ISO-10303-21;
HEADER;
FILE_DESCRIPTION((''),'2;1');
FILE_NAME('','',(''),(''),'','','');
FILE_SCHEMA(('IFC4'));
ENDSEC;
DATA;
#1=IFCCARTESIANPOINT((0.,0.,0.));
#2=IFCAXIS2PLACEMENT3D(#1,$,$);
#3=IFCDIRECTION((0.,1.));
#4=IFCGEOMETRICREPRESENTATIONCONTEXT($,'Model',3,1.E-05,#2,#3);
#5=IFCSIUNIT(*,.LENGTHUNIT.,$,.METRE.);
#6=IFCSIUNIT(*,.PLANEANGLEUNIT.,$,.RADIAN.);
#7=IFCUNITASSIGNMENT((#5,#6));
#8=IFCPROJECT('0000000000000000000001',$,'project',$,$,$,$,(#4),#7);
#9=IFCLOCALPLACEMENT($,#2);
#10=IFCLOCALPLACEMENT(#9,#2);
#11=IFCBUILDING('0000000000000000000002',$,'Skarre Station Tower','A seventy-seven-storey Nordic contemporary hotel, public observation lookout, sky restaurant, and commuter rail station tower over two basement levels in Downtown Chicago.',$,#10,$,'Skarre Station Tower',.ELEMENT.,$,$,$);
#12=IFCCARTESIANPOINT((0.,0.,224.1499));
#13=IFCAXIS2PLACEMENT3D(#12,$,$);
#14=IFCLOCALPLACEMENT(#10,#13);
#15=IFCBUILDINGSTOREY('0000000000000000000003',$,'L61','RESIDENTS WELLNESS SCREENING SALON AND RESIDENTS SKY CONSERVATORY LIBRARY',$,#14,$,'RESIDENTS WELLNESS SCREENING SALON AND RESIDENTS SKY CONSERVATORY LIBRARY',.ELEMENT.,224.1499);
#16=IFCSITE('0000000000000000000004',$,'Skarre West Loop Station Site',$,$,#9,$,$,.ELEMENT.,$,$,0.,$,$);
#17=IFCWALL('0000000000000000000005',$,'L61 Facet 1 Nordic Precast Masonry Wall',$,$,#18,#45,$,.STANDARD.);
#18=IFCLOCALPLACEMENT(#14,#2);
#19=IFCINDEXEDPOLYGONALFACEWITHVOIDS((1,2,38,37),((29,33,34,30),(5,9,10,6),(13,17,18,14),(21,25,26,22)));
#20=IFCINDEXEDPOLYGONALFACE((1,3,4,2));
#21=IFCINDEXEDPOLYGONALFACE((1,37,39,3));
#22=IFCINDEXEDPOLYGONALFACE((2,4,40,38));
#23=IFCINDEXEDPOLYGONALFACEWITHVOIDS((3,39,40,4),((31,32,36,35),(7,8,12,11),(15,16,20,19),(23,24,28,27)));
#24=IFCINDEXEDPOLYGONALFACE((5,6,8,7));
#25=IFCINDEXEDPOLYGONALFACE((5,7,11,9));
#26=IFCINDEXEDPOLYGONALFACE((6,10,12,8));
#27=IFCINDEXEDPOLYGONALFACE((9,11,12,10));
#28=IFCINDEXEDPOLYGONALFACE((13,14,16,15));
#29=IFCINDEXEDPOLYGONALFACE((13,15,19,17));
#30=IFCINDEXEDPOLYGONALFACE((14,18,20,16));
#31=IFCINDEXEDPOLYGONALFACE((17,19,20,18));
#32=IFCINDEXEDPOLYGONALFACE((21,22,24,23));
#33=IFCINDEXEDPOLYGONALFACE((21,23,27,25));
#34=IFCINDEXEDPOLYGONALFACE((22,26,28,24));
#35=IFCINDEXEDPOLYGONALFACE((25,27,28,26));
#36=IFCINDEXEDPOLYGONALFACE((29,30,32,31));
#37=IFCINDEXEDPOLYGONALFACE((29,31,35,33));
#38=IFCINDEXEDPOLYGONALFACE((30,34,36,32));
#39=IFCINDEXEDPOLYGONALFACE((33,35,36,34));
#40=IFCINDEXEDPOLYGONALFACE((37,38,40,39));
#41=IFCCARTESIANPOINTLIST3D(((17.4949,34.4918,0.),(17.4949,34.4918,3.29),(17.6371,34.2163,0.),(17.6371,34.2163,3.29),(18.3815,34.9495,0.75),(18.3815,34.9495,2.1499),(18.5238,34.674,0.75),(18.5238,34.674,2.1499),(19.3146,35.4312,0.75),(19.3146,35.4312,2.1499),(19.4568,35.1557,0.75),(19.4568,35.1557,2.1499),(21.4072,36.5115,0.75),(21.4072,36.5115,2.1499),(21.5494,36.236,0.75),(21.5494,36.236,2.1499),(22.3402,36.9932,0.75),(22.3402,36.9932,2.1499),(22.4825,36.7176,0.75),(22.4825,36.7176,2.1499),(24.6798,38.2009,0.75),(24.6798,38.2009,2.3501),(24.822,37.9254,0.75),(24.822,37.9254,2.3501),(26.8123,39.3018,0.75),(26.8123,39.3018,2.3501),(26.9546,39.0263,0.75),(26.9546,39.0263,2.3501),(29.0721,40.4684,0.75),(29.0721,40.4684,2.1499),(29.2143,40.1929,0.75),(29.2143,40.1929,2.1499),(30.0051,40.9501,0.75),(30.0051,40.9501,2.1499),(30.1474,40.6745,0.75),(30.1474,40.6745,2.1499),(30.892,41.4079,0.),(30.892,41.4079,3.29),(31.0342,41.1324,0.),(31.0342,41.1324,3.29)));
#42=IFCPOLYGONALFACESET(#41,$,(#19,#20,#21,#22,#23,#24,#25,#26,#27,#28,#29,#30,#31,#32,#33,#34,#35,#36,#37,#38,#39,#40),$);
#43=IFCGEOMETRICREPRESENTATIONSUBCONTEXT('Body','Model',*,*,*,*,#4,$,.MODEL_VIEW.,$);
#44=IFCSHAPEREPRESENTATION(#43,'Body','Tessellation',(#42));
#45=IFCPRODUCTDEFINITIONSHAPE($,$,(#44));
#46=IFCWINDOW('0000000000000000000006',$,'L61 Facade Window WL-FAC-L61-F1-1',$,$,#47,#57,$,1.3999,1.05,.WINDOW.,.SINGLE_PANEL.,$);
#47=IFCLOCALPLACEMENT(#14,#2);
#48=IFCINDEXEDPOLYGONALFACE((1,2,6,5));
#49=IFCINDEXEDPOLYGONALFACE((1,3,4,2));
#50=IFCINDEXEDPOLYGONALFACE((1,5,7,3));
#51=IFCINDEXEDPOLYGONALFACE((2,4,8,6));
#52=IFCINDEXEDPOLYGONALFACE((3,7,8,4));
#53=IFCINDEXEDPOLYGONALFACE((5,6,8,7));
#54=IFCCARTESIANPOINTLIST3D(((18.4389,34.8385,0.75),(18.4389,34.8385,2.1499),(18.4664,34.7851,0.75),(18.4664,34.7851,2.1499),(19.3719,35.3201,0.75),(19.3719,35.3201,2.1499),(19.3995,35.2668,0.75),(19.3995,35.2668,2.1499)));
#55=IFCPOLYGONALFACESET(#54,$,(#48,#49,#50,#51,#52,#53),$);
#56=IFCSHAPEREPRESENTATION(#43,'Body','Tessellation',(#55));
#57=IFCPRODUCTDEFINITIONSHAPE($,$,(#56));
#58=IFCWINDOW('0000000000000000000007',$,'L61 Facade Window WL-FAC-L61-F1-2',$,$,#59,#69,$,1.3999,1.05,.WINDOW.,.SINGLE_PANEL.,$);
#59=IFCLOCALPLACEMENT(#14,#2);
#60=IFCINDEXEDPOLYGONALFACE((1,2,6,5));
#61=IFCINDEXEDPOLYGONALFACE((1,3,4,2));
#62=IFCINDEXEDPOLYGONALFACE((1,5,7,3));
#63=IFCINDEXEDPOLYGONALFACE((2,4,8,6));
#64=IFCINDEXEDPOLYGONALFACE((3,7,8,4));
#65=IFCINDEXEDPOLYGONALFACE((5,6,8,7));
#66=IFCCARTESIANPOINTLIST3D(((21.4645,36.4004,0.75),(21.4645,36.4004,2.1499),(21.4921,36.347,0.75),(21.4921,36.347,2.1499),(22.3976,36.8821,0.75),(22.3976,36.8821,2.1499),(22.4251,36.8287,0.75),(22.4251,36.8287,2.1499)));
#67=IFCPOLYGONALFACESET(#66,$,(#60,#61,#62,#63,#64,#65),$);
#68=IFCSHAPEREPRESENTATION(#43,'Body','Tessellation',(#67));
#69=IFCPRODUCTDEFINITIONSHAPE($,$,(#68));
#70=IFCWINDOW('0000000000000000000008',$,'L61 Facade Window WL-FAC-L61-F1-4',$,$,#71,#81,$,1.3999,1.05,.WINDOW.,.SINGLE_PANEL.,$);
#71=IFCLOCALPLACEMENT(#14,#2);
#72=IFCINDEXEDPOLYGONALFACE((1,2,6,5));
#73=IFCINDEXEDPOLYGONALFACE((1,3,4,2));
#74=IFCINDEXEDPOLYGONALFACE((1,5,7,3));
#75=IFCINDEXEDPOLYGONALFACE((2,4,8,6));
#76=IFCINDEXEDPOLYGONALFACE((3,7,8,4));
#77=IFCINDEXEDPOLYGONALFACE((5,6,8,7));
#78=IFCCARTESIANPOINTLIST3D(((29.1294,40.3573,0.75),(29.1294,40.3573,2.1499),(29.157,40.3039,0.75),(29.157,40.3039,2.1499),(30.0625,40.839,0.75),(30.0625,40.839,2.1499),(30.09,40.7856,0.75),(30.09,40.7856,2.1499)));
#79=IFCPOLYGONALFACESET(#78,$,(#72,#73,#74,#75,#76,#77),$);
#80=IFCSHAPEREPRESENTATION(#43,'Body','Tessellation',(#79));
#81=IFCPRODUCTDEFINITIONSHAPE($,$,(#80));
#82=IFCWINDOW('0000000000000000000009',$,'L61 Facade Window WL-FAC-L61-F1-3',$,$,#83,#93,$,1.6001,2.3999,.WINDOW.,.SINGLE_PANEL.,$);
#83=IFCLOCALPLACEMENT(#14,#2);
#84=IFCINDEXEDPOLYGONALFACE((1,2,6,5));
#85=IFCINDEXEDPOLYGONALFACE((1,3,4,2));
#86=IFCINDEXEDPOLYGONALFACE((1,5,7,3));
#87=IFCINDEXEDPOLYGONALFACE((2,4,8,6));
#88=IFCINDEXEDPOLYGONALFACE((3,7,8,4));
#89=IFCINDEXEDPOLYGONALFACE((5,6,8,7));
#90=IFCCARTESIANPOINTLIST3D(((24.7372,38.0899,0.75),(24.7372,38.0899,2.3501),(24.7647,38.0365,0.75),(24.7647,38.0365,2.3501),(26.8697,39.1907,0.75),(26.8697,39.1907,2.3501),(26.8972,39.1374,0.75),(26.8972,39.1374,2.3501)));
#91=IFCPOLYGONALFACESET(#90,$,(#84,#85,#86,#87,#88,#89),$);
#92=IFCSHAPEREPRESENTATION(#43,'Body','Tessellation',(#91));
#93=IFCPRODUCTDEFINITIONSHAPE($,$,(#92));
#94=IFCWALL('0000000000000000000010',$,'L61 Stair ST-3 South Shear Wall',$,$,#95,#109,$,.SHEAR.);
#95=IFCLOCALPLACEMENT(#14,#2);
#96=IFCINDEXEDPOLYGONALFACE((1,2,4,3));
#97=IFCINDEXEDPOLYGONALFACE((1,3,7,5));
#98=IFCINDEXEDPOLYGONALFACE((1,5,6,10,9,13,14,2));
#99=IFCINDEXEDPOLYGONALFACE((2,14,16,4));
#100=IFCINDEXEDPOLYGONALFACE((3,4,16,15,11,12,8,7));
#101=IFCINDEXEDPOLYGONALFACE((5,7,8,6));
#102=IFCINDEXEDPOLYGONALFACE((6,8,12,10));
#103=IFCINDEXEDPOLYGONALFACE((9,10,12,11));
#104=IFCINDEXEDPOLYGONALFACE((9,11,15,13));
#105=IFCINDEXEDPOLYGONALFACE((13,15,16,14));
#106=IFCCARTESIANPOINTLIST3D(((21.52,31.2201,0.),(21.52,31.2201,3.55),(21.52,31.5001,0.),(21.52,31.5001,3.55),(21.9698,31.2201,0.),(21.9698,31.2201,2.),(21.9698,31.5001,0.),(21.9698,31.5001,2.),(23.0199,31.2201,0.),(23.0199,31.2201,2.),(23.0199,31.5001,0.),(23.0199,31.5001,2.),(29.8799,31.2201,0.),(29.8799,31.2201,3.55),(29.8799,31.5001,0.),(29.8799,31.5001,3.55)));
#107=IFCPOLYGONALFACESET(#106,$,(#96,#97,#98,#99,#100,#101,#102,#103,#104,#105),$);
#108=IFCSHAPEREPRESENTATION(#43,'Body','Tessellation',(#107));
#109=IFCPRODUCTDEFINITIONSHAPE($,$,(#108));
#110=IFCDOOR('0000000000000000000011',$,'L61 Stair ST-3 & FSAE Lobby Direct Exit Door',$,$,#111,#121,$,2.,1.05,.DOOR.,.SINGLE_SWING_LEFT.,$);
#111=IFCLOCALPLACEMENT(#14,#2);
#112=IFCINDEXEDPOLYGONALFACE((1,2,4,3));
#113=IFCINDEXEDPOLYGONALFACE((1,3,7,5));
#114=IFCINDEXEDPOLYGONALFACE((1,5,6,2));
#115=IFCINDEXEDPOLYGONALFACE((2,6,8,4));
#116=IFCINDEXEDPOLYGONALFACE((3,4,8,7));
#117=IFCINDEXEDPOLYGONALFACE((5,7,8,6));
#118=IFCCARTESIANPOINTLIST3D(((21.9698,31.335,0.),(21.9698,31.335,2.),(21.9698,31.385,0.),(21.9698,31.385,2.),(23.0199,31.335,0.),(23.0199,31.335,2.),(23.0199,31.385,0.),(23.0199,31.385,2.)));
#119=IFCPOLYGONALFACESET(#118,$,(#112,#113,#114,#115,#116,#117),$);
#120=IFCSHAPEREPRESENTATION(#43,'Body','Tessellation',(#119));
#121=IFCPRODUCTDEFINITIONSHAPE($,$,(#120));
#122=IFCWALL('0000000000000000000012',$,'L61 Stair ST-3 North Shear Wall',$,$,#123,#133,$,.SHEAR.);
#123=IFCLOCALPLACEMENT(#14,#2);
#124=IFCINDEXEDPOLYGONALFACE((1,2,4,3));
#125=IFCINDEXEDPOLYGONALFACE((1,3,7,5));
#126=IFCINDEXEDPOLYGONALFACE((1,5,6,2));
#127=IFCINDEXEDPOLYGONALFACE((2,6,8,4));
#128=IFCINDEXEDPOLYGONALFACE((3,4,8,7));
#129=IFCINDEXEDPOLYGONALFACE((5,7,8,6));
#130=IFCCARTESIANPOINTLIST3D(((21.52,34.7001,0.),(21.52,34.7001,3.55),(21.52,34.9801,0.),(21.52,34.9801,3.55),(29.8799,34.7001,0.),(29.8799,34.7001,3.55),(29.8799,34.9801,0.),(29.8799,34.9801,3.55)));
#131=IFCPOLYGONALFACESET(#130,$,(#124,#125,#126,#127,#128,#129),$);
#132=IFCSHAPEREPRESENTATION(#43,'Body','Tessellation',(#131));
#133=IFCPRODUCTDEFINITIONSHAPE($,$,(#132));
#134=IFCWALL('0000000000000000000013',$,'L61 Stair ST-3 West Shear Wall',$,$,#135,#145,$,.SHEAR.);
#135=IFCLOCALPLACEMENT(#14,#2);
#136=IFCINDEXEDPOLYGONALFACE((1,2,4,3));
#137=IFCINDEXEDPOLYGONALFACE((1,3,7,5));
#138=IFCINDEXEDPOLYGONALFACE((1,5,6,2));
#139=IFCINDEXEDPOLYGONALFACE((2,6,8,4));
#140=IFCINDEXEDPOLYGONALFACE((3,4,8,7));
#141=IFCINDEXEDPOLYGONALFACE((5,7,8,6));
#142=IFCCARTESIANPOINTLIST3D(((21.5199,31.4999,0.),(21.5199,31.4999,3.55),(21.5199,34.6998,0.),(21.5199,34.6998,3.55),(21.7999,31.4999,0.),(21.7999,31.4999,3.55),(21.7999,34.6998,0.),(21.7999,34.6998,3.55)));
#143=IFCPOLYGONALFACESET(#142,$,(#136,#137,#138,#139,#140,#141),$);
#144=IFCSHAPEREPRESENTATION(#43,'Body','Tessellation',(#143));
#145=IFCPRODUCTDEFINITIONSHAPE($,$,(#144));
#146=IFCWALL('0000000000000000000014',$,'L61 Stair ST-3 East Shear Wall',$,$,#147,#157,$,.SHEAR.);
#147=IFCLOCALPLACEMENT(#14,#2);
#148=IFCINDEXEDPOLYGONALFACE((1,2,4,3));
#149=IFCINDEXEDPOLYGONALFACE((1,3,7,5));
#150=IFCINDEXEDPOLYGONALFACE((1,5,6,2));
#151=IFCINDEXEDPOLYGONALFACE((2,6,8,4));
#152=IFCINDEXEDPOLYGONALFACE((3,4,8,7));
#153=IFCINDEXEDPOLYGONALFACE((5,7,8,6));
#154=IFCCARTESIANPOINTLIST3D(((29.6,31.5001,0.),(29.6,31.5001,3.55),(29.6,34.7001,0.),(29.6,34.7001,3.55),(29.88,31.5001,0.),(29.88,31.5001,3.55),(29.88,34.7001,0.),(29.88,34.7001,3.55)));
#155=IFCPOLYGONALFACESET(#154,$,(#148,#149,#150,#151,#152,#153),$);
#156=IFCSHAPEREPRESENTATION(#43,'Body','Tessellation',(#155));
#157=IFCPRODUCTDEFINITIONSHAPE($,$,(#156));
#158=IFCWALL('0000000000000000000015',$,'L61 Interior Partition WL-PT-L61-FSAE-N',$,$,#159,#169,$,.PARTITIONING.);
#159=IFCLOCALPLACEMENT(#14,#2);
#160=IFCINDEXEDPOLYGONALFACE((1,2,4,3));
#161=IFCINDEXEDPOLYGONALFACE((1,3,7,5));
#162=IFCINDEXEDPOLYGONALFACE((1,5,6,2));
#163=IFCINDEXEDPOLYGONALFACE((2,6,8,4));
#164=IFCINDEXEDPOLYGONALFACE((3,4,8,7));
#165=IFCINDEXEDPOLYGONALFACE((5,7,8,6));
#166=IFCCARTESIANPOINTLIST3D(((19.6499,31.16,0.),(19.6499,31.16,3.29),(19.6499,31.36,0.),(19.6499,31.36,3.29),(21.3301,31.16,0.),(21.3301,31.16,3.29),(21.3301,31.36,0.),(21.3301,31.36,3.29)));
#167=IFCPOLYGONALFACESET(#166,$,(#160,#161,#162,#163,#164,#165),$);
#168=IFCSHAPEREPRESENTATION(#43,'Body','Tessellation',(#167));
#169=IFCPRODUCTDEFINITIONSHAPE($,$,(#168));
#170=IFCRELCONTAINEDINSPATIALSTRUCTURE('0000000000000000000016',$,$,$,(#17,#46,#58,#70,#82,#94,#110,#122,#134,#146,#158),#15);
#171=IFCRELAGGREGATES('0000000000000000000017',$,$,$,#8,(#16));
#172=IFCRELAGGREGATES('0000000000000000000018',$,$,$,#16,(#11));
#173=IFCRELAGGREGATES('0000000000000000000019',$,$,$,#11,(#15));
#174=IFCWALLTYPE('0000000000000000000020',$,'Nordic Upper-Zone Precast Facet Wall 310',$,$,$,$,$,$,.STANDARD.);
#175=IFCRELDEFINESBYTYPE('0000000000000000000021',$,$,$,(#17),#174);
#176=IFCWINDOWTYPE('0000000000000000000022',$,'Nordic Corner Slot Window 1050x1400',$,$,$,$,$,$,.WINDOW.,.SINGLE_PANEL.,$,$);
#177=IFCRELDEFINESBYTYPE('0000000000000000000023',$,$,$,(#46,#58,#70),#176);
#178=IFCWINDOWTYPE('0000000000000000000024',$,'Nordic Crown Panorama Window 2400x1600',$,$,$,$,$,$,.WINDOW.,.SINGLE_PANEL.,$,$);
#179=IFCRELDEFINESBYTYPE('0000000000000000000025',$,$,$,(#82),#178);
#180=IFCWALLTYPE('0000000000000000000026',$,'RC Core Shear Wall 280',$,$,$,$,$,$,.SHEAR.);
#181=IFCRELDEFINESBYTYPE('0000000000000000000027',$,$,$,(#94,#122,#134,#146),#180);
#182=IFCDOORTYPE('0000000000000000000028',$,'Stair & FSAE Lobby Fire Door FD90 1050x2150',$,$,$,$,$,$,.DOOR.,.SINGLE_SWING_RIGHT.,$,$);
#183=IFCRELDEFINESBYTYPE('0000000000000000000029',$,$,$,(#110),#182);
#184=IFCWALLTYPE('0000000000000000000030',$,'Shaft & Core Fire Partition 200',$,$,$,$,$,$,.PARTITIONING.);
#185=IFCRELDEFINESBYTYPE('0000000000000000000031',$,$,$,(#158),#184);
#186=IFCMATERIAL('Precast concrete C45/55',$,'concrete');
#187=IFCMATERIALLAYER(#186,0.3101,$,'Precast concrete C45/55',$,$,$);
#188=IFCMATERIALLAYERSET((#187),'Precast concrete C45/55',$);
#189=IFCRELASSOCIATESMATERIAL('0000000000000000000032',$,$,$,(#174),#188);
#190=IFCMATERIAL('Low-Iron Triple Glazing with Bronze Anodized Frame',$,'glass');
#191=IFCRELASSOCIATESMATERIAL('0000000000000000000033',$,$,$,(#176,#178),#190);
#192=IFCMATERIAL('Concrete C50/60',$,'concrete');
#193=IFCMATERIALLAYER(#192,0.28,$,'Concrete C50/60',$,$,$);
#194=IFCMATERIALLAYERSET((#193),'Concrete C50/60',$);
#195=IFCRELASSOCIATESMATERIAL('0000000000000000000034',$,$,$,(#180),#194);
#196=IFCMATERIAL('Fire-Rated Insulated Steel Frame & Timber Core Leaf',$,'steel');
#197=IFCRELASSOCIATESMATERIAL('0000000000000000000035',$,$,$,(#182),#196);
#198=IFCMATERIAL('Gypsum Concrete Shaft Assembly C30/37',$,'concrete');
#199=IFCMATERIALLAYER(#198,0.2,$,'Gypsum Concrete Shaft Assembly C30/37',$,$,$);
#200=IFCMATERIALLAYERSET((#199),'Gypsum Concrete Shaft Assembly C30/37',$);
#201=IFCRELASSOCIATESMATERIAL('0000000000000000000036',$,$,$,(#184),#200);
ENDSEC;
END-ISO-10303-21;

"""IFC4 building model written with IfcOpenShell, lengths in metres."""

from ifc_helpers import new_model, si_unit, direction, frame, frame_2d, origin, place, context, subcontext, project, spatial, rectangle, extrude, material, layer, layer_set, type_object, element, fill, save


model = new_model("IFC4")

# Units and contexts
model_context = context("Model", 3, precision=1e-05, world=origin(), true_north=direction((0.0, 1.0)))
body_context = subcontext(model_context, "Body", "Model", "MODEL_VIEW")
ifc_project = project(units=[si_unit("LENGTHUNIT", "METRE"), si_unit("PLANEANGLEUNIT", "RADIAN")], contexts=[model_context])

# Site, building, storey
site_placement = place(None, origin())
site = spatial("IfcSite", under=ifc_project, at=site_placement, Name="Skarre West Loop Station Site", CompositionType="ELEMENT", RefElevation=0.0)
building_placement = place(site_placement, origin())
building = spatial("IfcBuilding", under=site, at=building_placement, Name="Skarre Station Tower", Description="A seventy-seven-storey Nordic contemporary hotel, public observation lookout, sky restaurant, and commuter rail station tower over two basement levels in Downtown Chicago.", LongName="Skarre Station Tower", CompositionType="ELEMENT")
storey_placement = place(building_placement, frame((0.0, 0.0, 224.1499)))
storey = spatial("IfcBuildingStorey", under=building, at=storey_placement, Name="L61", Description="RESIDENTS WELLNESS SCREENING SALON AND RESIDENTS SKY CONSERVATORY LIBRARY", LongName="RESIDENTS WELLNESS SCREENING SALON AND RESIDENTS SKY CONSERVATORY LIBRARY", CompositionType="ELEMENT", Elevation=224.1499)

# Shared definitions
ifc_material_1 = material(Name="Concrete C50/60", Category="concrete")

# Shared definitions
ifc_material_2 = material(Name="Precast concrete C45/55", Category="concrete")

# Wall, openings, windows
ifc_layer_1 = layer(ifc_material_2, 0.3101, Name="Precast concrete C45/55")
ifc_layer_set_1 = layer_set([ifc_layer_1], Name="Precast concrete C45/55")
wall_type_1 = type_object("IfcWallType", Name="Nordic Upper-Zone Precast Facet Wall 310", PredefinedType="STANDARD", material=ifc_layer_set_1)
wall_1_placement = place(storey_placement, frame((17.5659, 34.354, 0.0), z_axis=(0.0, 0.0, 1.0), x_axis=(0.888581, 0.458719, 0.0)))
wall_1 = element("IfcWall", 1, at=wall_1_placement, inside=storey, type_object=wall_type_1, Name="L61 Facet 1 Nordic Precast Masonry Wall", PredefinedType="STANDARD", context=body_context, shape_type="SweptSolid", body=[
    extrude(rectangle(XDim=15.0769, YDim=0.3101, at=frame_2d((7.5386, 0.0))), origin(), (0.0, 0.0, 1.0), 3.29),
])
opening_1_placement = place(wall_1_placement, frame((0.998, 0.0, 0.75)))
opening_1 = element("IfcOpeningElement", 2, at=opening_1_placement, cuts=wall_1, PredefinedType="OPENING", context=body_context, shape_type="SweptSolid", body=[
    extrude(rectangle(XDim=1.05, YDim=1.3999, at=frame_2d((0.5249, 0.7))), frame((0.0, 0.165, 0.0), z_axis=(0.0, -1.0, 0.0), x_axis=(1.0, 0.0, 0.0)), (0.0, 0.0, 1.0), 0.3301),
])
opening_2_placement = place(wall_1_placement, frame((4.4031, 0.0, 0.75)))
opening_2 = element("IfcOpeningElement", 3, at=opening_2_placement, cuts=wall_1, PredefinedType="OPENING", context=body_context, shape_type="SweptSolid", body=[
    extrude(rectangle(XDim=1.05, YDim=1.3999, at=frame_2d((0.5249, 0.7))), frame((0.0, 0.165, 0.0), z_axis=(0.0, -1.0, 0.0), x_axis=(1.0, 0.0, 0.0)), (0.0, 0.0, 1.0), 0.3301),
])
opening_3_placement = place(wall_1_placement, frame((8.0859, 0.0, 0.75)))
opening_3 = element("IfcOpeningElement", 4, at=opening_3_placement, cuts=wall_1, PredefinedType="OPENING", context=body_context, shape_type="SweptSolid", body=[
    extrude(rectangle(XDim=2.3999, YDim=1.6001, at=frame_2d((1.2, 0.8))), frame((0.0, 0.165, 0.0), z_axis=(0.0, -1.0, 0.0), x_axis=(1.0, 0.0, 0.0)), (0.0, 0.0, 1.0), 0.3301),
])
opening_4_placement = place(wall_1_placement, frame((13.0291, 0.0, 0.75)))
opening_4 = element("IfcOpeningElement", 5, at=opening_4_placement, cuts=wall_1, PredefinedType="OPENING", context=body_context, shape_type="SweptSolid", body=[
    extrude(rectangle(XDim=1.05, YDim=1.3999, at=frame_2d((0.5249, 0.7))), frame((0.0, 0.165, 0.0), z_axis=(0.0, -1.0, 0.0), x_axis=(1.0, 0.0, 0.0)), (0.0, 0.0, 1.0), 0.3301),
])
ifc_material_3 = material(Name="Low-Iron Triple Glazing with Bronze Anodized Frame", Category="glass")
window_type_1 = type_object("IfcWindowType", Name="Nordic Corner Slot Window 1050x1400", PartitioningType="SINGLE_PANEL", PredefinedType="WINDOW", material=ifc_material_3)
window_1_placement = place(opening_1_placement, origin())
window_1 = element("IfcWindow", 6, at=window_1_placement, inside=storey, type_object=window_type_1, Name="L61 Facade Window WL-FAC-L61-F1-1", OverallHeight=1.3999, OverallWidth=1.05, PartitioningType="SINGLE_PANEL", PredefinedType="WINDOW", context=body_context, shape_type="SweptSolid", body=[
    extrude(rectangle(XDim=1.05, YDim=1.3999, at=frame_2d((0.5249, 0.7))), frame((0.0, 0.03, 0.0), z_axis=(0.0, -1.0, 0.0), x_axis=(1.0, 0.0, 0.0)), (0.0, 0.0, 1.0), 0.0601),
])
fill(opening_1, window_1)
window_2_placement = place(opening_2_placement, origin())
window_2 = element("IfcWindow", 7, at=window_2_placement, inside=storey, type_object=window_type_1, Name="L61 Facade Window WL-FAC-L61-F1-2", OverallHeight=1.3999, OverallWidth=1.05, PartitioningType="SINGLE_PANEL", PredefinedType="WINDOW", context=body_context, shape_type="SweptSolid", body=[
    extrude(rectangle(XDim=1.05, YDim=1.3999, at=frame_2d((0.5249, 0.7))), frame((0.0, 0.03, 0.0), z_axis=(0.0, -1.0, 0.0), x_axis=(1.0, 0.0, 0.0)), (0.0, 0.0, 1.0), 0.0601),
])
fill(opening_2, window_2)
window_3_placement = place(opening_4_placement, origin())
window_3 = element("IfcWindow", 8, at=window_3_placement, inside=storey, type_object=window_type_1, Name="L61 Facade Window WL-FAC-L61-F1-4", OverallHeight=1.3999, OverallWidth=1.05, PartitioningType="SINGLE_PANEL", PredefinedType="WINDOW", context=body_context, shape_type="SweptSolid", body=[
    extrude(rectangle(XDim=1.05, YDim=1.3999, at=frame_2d((0.5249, 0.7))), frame((0.0, 0.03, 0.0), z_axis=(0.0, -1.0, 0.0), x_axis=(1.0, 0.0, 0.0)), (0.0, 0.0, 1.0), 0.0601),
])
fill(opening_4, window_3)
window_type_2 = type_object("IfcWindowType", Name="Nordic Crown Panorama Window 2400x1600", PartitioningType="SINGLE_PANEL", PredefinedType="WINDOW", material=ifc_material_3)
window_4_placement = place(opening_3_placement, origin())
window_4 = element("IfcWindow", 9, at=window_4_placement, inside=storey, type_object=window_type_2, Name="L61 Facade Window WL-FAC-L61-F1-3", OverallHeight=1.6001, OverallWidth=2.3999, PartitioningType="SINGLE_PANEL", PredefinedType="WINDOW", context=body_context, shape_type="SweptSolid", body=[
    extrude(rectangle(XDim=2.3999, YDim=1.6001, at=frame_2d((1.2, 0.8))), frame((0.0, 0.03, 0.0), z_axis=(0.0, -1.0, 0.0), x_axis=(1.0, 0.0, 0.0)), (0.0, 0.0, 1.0), 0.0601),
])
fill(opening_3, window_4)

# Wall, opening, door
ifc_layer_2 = layer(ifc_material_1, 0.28, Name="Concrete C50/60")
ifc_layer_set_2 = layer_set([ifc_layer_2], Name="Concrete C50/60")
wall_type_2 = type_object("IfcWallType", Name="RC Core Shear Wall 280", PredefinedType="SHEAR", material=ifc_layer_set_2)
wall_2_placement = place(storey_placement, frame((21.52, 31.3601, 0.0), z_axis=(0.0, 0.0, 1.0), x_axis=(1.0, 0.0, 0.0)))
wall_2 = element("IfcWall", 10, at=wall_2_placement, inside=storey, type_object=wall_type_2, Name="L61 Stair ST-3 South Shear Wall", PredefinedType="SHEAR", context=body_context, shape_type="SweptSolid", body=[
    extrude(rectangle(XDim=8.3599, YDim=0.28, at=frame_2d((4.1799, 0.0))), origin(), (0.0, 0.0, 1.0), 3.55),
])
opening_5_placement = place(wall_2_placement, frame((0.45, 0.0, 0.0)))
opening_5 = element("IfcOpeningElement", 11, at=opening_5_placement, cuts=wall_2, PredefinedType="OPENING", context=body_context, shape_type="SweptSolid", body=[
    extrude(rectangle(XDim=1.05, YDim=2.0, at=frame_2d((0.5249, 1.0))), frame((0.0, 0.1499, 0.0), z_axis=(0.0, -1.0, 0.0), x_axis=(1.0, 0.0, 0.0)), (0.0, 0.0, 1.0), 0.3),
])
ifc_material_4 = material(Name="Fire-Rated Insulated Steel Frame & Timber Core Leaf", Category="steel")
door_type = type_object("IfcDoorType", Name="Stair & FSAE Lobby Fire Door FD90 1050x2150", OperationType="SINGLE_SWING_RIGHT", PredefinedType="DOOR", material=ifc_material_4)
door_placement = place(opening_5_placement, origin())
door = element("IfcDoor", 12, at=door_placement, inside=storey, type_object=door_type, Name="L61 Stair ST-3 & FSAE Lobby Direct Exit Door", OperationType="SINGLE_SWING_LEFT", OverallHeight=2.0, OverallWidth=1.05, PredefinedType="DOOR", context=body_context, shape_type="SweptSolid", body=[
    extrude(rectangle(XDim=1.05, YDim=2.0, at=frame_2d((0.5249, 1.0))), frame((0.0, 0.0249, 0.0), z_axis=(0.0, -1.0, 0.0), x_axis=(1.0, 0.0, 0.0)), (0.0, 0.0, 1.0), 0.05),
])
fill(opening_5, door)

# Walls
wall_3_placement = place(storey_placement, frame((29.8799, 34.8401, 0.0), z_axis=(0.0, 0.0, 1.0), x_axis=(-1.0, 0.0, 0.0)))
element("IfcWall", 13, at=wall_3_placement, inside=storey, type_object=wall_type_2, Name="L61 Stair ST-3 North Shear Wall", PredefinedType="SHEAR", context=body_context, shape_type="SweptSolid", body=[
    extrude(rectangle(XDim=8.3599, YDim=0.28, at=frame_2d((4.1799, 0.0))), origin(), (0.0, 0.0, 1.0), 3.55),
])
for number, where, z_axis, x_axis, name in (
    (14, (21.6599, 34.7, 0.0), (0.0, 0.0, 1.0), (0.0, -1.0, 0.0), "L61 Stair ST-3 West Shear Wall"),
    (15, (29.74, 31.5, 0.0), (0.0, 0.0, 1.0), (0.0, 1.0, 0.0), "L61 Stair ST-3 East Shear Wall"),
):
    element("IfcWall", number, at=place(storey_placement, frame(where, z_axis=z_axis, x_axis=x_axis)), inside=storey, type_object=wall_type_2, Name=name, PredefinedType="SHEAR", context=body_context, shape_type="SweptSolid", body=[
        extrude(rectangle(XDim=3.2, YDim=0.28, at=frame_2d((1.6001, 0.0))), origin(), (0.0, 0.0, 1.0), 3.55),
    ])
ifc_material_5 = material(Name="Gypsum Concrete Shaft Assembly C30/37", Category="concrete")
ifc_layer_3 = layer(ifc_material_5, 0.2, Name="Gypsum Concrete Shaft Assembly C30/37")
ifc_layer_set_3 = layer_set([ifc_layer_3], Name="Gypsum Concrete Shaft Assembly C30/37")
wall_type_3 = type_object("IfcWallType", Name="Shaft & Core Fire Partition 200", PredefinedType="PARTITIONING", material=ifc_layer_set_3)
wall_4_placement = place(storey_placement, frame((21.3301, 31.26, 0.0), z_axis=(0.0, 0.0, 1.0), x_axis=(-1.0, 0.0, 0.0)))
element("IfcWall", 16, at=wall_4_placement, inside=storey, type_object=wall_type_3, Name="L61 Interior Partition WL-PT-L61-FSAE-N", PredefinedType="PARTITIONING", context=body_context, shape_type="SweptSolid", body=[
    extrude(rectangle(XDim=1.6802, YDim=0.2, at=frame_2d((0.8401, 0.0))), origin(), (0.0, 0.0, 1.0), 3.29),
])

save(model, "model.ifc")
